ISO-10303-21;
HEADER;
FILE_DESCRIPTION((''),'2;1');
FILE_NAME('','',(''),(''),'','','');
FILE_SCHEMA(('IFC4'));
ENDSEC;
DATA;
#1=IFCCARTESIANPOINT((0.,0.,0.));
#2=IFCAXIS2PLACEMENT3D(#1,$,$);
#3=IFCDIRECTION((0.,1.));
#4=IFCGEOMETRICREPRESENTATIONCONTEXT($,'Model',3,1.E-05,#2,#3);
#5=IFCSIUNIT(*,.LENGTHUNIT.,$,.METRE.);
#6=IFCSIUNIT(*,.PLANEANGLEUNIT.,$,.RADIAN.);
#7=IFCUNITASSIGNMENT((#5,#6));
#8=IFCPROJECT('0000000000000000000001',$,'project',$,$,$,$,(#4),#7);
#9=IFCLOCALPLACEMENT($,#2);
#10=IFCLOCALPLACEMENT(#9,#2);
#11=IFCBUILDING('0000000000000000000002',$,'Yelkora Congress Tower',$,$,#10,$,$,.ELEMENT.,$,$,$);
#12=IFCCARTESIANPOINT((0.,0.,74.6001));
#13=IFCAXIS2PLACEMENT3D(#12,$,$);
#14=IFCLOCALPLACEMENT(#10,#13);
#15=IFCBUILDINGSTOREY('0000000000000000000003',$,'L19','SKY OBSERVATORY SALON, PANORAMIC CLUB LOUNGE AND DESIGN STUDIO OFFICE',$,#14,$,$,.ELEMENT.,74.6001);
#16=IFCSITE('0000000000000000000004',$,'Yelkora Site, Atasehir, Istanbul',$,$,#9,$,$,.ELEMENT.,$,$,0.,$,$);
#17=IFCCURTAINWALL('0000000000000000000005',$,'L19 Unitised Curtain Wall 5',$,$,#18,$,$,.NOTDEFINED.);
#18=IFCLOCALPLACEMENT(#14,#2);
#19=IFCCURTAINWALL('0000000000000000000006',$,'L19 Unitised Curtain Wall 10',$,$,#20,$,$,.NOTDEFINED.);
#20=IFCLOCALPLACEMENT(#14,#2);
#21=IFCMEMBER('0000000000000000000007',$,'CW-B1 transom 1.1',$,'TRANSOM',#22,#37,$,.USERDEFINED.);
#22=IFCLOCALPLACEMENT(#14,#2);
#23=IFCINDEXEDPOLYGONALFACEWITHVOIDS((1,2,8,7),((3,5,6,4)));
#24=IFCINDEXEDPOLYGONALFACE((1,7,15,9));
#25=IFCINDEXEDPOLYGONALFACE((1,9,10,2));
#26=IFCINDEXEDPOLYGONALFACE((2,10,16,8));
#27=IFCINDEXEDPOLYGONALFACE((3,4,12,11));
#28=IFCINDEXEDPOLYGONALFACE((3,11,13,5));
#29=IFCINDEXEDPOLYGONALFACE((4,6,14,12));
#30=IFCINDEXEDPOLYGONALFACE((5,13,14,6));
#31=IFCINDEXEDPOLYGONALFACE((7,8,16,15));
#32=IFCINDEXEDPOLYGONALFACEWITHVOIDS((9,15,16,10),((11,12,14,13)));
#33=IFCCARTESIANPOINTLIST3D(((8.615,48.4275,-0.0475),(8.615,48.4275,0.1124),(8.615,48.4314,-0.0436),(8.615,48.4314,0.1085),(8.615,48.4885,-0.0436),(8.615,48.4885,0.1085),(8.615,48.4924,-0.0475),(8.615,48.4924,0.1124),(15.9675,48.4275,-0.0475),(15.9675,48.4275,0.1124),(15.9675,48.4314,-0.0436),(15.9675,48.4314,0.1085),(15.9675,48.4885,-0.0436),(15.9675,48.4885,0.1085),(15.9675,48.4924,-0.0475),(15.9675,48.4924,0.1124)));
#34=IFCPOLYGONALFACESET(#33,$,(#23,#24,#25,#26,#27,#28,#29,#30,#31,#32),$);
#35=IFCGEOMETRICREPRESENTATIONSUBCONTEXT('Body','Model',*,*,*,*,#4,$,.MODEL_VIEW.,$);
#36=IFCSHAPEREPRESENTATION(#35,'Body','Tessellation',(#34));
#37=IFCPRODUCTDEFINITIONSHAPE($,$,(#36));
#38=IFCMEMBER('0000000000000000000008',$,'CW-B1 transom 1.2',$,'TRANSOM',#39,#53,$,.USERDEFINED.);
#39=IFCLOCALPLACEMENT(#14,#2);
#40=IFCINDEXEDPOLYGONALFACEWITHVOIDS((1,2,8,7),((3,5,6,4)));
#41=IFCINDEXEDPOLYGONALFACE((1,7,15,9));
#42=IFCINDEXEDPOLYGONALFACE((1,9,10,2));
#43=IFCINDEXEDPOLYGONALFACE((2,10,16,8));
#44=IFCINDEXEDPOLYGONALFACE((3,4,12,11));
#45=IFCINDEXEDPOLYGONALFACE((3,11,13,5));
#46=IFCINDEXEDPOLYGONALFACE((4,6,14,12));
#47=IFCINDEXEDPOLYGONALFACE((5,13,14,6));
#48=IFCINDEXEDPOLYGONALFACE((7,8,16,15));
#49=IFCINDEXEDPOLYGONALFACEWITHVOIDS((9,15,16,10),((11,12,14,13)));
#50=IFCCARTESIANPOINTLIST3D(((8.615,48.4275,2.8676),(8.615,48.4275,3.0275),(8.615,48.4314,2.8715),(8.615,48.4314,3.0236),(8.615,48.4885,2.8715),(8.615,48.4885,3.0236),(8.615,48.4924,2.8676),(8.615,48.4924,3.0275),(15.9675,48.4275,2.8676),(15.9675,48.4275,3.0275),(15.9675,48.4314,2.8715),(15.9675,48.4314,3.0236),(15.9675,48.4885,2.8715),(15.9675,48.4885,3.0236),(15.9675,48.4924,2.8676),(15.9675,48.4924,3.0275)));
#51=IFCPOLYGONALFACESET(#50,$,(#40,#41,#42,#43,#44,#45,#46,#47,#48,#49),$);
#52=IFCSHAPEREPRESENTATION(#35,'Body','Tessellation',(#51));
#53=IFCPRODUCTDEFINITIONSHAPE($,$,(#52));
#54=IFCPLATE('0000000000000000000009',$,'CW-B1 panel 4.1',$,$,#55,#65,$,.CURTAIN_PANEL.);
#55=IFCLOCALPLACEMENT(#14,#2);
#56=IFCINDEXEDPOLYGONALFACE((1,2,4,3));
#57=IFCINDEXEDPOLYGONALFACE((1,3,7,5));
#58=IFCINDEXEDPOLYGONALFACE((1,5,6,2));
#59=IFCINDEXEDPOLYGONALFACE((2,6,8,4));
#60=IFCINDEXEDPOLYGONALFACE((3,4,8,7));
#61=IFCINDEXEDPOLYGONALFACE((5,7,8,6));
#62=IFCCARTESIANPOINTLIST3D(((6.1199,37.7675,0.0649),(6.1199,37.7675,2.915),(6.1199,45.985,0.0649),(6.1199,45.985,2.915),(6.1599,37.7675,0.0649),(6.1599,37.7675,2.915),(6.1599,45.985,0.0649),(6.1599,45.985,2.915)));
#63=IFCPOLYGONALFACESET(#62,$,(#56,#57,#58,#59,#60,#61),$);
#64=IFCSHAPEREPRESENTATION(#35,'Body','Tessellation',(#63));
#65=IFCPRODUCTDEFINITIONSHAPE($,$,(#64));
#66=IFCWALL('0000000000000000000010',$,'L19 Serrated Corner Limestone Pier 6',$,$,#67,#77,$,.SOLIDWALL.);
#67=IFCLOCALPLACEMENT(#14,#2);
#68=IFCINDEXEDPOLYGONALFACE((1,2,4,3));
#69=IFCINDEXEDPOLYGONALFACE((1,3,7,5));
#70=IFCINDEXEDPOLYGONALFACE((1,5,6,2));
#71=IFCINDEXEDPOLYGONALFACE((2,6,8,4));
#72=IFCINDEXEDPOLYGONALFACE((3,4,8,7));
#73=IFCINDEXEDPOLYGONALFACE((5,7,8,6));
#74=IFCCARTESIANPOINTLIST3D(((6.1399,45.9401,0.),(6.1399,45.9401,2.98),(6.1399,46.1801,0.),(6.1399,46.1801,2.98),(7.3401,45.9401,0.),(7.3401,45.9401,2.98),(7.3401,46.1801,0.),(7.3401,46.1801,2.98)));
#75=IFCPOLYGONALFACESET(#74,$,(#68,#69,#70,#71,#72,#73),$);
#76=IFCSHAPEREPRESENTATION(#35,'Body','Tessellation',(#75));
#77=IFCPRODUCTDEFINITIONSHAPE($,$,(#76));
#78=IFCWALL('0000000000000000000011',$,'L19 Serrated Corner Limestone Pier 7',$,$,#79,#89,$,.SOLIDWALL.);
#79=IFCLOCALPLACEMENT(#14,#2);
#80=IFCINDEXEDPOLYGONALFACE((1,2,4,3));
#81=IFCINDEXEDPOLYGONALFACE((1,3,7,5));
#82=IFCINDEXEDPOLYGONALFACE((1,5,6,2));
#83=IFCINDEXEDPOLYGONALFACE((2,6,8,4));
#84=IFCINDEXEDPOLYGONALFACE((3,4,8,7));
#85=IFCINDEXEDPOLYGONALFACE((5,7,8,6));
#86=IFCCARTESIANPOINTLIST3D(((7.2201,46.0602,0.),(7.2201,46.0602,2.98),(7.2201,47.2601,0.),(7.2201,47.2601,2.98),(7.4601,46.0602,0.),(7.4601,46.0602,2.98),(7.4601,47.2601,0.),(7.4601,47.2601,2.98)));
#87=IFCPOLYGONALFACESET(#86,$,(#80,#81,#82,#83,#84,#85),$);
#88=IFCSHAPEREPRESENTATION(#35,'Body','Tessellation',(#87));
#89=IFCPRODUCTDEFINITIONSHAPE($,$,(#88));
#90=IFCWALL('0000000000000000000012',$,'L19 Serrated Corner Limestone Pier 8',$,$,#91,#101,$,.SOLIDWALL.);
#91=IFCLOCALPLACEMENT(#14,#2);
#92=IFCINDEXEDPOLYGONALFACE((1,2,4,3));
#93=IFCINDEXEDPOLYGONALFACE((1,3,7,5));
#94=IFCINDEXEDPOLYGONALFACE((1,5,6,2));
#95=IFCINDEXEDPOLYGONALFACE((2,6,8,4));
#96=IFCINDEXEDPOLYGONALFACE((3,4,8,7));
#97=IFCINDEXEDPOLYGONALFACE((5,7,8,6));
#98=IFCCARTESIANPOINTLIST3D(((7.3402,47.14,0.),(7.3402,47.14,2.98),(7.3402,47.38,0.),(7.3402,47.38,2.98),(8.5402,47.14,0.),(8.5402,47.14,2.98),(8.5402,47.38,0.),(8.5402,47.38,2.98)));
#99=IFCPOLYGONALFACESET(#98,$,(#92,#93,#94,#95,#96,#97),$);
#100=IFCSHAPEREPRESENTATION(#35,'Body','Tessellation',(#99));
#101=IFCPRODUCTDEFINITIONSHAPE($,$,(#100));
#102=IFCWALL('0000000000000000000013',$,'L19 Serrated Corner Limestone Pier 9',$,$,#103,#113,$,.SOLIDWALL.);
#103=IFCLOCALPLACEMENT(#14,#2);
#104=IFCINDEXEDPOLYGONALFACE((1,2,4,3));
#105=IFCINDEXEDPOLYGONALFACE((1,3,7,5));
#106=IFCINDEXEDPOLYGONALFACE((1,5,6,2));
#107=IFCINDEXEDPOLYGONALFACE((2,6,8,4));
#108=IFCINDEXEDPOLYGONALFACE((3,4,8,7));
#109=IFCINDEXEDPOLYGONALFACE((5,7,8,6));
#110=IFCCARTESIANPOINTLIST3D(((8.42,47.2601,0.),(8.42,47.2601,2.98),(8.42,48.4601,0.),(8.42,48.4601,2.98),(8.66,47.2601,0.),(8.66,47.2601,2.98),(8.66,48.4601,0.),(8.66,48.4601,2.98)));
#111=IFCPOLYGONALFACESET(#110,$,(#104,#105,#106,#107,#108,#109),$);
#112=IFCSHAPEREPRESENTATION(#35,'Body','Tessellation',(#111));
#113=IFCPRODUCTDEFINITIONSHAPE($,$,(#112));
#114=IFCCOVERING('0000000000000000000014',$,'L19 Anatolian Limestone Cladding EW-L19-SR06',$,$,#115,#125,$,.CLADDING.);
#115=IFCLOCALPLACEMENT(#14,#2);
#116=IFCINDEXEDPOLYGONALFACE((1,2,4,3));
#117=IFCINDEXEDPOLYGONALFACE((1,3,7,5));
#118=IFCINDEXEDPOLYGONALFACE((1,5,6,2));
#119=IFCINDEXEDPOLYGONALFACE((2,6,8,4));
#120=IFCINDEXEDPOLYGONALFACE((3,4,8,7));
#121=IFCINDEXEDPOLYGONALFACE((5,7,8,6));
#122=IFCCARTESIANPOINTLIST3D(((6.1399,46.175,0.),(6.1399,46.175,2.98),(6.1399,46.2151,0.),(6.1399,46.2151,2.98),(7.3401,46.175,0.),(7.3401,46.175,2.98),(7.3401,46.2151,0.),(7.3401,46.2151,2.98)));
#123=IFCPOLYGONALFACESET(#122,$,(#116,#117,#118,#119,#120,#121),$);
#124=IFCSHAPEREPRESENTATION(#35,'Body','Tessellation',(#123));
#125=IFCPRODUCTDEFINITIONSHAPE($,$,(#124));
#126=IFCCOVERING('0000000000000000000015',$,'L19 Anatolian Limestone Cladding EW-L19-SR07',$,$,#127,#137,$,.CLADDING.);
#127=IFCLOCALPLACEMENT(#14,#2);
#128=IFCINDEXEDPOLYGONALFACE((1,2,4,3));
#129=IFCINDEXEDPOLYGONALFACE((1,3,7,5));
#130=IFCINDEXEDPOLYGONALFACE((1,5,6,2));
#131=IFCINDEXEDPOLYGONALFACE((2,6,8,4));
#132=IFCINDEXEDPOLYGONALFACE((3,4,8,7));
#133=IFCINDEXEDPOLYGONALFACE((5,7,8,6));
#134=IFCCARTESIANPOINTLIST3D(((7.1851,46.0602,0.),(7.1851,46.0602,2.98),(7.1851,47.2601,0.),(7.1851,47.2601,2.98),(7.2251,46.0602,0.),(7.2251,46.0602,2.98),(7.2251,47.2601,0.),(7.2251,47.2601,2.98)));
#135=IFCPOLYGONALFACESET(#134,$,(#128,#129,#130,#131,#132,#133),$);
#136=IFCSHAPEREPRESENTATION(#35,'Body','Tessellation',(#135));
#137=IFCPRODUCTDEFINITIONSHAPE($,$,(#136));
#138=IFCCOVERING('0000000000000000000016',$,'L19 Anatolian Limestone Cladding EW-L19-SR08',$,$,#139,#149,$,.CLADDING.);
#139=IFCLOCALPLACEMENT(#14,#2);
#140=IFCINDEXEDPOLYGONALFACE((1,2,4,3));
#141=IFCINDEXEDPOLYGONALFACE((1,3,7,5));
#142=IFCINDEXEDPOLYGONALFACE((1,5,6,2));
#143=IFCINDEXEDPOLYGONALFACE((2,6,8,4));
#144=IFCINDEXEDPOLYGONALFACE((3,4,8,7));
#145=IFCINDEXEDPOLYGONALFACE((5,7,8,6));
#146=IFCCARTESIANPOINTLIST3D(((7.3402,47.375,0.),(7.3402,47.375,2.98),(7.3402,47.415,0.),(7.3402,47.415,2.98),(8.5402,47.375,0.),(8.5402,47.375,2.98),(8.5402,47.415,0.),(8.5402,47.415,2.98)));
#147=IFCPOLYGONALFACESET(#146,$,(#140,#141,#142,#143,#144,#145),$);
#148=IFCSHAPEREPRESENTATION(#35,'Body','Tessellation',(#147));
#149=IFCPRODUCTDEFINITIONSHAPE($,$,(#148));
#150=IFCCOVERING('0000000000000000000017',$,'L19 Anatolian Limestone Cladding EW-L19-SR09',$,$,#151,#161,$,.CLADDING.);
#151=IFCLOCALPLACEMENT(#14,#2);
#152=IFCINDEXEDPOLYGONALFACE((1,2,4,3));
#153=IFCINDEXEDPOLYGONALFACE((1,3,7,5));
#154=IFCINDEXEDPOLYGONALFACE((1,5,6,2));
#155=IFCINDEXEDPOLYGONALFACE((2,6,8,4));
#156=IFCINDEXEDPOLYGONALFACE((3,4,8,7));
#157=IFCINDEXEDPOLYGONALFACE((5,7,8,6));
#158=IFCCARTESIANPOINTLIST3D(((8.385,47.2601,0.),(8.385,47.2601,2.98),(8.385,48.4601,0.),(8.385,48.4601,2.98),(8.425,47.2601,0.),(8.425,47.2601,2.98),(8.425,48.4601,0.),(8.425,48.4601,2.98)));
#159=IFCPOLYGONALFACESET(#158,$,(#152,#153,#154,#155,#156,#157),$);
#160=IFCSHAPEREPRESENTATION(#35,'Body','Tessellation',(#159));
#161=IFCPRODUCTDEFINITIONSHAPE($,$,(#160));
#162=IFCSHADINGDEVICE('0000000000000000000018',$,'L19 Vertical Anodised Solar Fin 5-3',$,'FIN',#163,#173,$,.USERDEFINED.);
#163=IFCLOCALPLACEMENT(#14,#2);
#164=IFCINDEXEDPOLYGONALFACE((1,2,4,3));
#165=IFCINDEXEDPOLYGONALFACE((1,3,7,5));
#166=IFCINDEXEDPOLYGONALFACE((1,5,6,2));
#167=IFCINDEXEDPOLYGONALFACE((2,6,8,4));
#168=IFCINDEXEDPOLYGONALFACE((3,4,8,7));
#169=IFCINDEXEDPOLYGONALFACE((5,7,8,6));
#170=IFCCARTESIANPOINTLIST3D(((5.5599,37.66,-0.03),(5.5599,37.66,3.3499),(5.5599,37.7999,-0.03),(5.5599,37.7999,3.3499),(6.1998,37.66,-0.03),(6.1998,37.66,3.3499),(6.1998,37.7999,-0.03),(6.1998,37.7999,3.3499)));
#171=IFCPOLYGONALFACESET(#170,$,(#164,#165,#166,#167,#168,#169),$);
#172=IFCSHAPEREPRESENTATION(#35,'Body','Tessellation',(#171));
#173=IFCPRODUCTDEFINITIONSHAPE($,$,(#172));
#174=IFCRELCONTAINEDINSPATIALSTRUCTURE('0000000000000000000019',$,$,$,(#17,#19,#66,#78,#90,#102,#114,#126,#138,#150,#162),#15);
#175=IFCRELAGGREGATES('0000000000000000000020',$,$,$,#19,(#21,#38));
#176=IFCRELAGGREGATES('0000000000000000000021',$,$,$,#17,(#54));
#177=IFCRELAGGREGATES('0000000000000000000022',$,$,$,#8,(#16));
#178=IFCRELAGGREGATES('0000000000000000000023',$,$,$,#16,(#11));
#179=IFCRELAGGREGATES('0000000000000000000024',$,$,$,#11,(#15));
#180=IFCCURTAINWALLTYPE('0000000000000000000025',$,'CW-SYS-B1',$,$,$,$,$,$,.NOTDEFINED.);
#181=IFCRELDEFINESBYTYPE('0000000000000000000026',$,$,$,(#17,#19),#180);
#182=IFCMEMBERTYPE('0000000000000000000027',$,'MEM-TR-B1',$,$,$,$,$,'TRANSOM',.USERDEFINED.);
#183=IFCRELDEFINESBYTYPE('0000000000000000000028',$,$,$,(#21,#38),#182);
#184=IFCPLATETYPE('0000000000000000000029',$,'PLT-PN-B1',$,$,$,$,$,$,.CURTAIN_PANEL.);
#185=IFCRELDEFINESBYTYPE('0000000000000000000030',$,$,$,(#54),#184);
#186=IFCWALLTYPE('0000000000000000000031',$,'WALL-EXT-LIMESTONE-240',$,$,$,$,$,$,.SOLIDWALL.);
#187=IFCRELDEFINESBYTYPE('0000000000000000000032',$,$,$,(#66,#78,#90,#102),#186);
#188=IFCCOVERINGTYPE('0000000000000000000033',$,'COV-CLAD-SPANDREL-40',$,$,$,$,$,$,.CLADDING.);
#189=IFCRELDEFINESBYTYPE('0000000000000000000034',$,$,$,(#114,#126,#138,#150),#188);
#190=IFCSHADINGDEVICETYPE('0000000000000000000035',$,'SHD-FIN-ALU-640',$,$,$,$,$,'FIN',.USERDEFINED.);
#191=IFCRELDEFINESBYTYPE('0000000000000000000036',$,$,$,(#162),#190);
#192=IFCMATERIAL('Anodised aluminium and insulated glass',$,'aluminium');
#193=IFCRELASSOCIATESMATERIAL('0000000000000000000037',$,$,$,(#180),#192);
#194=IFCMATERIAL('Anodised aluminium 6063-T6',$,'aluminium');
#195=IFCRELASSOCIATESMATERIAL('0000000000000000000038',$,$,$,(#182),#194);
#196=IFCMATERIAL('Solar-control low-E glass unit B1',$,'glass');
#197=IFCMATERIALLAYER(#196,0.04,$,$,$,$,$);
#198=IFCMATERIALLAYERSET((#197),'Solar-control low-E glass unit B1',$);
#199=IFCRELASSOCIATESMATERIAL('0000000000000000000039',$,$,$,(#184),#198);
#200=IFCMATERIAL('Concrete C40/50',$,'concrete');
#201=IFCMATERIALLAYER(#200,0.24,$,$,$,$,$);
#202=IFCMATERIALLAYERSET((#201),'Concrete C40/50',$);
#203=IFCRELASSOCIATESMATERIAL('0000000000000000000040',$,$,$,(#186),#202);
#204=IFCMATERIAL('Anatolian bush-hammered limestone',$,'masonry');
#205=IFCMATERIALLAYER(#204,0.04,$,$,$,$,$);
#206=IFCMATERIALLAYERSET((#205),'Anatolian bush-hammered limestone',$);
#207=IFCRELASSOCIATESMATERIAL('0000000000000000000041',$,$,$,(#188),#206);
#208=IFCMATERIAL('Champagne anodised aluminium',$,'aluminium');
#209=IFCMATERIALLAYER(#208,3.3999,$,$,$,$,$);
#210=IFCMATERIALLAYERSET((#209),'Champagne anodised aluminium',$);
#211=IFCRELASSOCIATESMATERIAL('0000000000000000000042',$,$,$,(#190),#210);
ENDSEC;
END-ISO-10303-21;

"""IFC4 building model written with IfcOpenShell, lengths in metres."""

from ifc_helpers import new_model, si_unit, direction, frame, frame_2d, origin, origin_2d, place, context, subcontext, project, spatial, rectangle, hollow_rectangle, extrude, material, layer, layer_set, material_profile, profile_set, type_object, element, aggregate, save


model = new_model("IFC4")

# Units and contexts
model_context = context("Model", 3, precision=1e-05, world=origin(), true_north=direction((0.0, 1.0)))
body_context = subcontext(model_context, "Body", "Model", "MODEL_VIEW")
ifc_project = project(units=[si_unit("LENGTHUNIT", "METRE"), si_unit("PLANEANGLEUNIT", "RADIAN")], contexts=[model_context])

# Site, building, storey
site_placement = place(None, origin())
site = spatial("IfcSite", under=ifc_project, at=site_placement, Name="Yelkora Site, Atasehir, Istanbul", CompositionType="ELEMENT", RefElevation=0.0)
building_placement = place(site_placement, origin())
building = spatial("IfcBuilding", under=site, at=building_placement, Name="Yelkora Congress Tower", CompositionType="ELEMENT")
storey_placement = place(building_placement, frame((0.0, 0.0, 74.6001)))
storey = spatial("IfcBuildingStorey", under=building, at=storey_placement, Name="L19", Description="SKY OBSERVATORY SALON, PANORAMIC CLUB LOUNGE AND DESIGN STUDIO OFFICE", CompositionType="ELEMENT", Elevation=74.6001)

# Curtain wall
ifc_material_1 = material(Name="Anodised aluminium and insulated glass", Category="aluminium")
curtain_wall_type = type_object("IfcCurtainWallType", Name="CW-SYS-B1", PredefinedType="NOTDEFINED", material=ifc_material_1)
curtain_wall_1_placement = place(storey_placement, origin())
curtain_wall_1 = element("IfcCurtainWall", 1, at=curtain_wall_1_placement, inside=storey, type_object=curtain_wall_type, Name="L19 Unitised Curtain Wall 5", PredefinedType="NOTDEFINED")
ifc_material_2 = material(Name="Anodised aluminium 6063-T6", Category="aluminium")

# Curtain wall
curtain_wall_2_placement = place(storey_placement, origin())
curtain_wall_2 = element("IfcCurtainWall", 2, at=curtain_wall_2_placement, inside=storey, type_object=curtain_wall_type, Name="L19 Unitised Curtain Wall 10", PredefinedType="NOTDEFINED")

# Members
ifc_material_profile_1 = material_profile(ifc_material_2, hollow_rectangle(XDim=0.0649, YDim=0.1599, WallThickness=0.0039, at=origin_2d()), Name="ALU 65x160x4")
ifc_profile_set_1 = profile_set([ifc_material_profile_1], Name="Anodised aluminium 6063-T6")
member_type_1 = type_object("IfcMemberType", Name="MEM-TR-B1", ElementType="TRANSOM", PredefinedType="USERDEFINED", material=ifc_profile_set_1)
member_1_placement = place(storey_placement, frame((8.615, 48.46, 0.0325), z_axis=(1.0, 0.0, 0.0), x_axis=(0.0, 1.0, 0.0)))
member_1 = element("IfcMember", 3, at=member_1_placement, type_object=member_type_1, Name="CW-B1 transom 1.1", ObjectType="TRANSOM", PredefinedType="USERDEFINED", context=body_context, shape_type="SweptSolid", body=[
    extrude(hollow_rectangle(XDim=0.0649, YDim=0.1599, WallThickness=0.0039, at=origin_2d()), origin(), (0.0, 0.0, 1.0), 7.3525),
])
member_2_placement = place(storey_placement, frame((8.615, 48.46, 2.9475), z_axis=(1.0, 0.0, 0.0), x_axis=(0.0, 1.0, 0.0)))
member_2 = element("IfcMember", 4, at=member_2_placement, type_object=member_type_1, Name="CW-B1 transom 1.2", ObjectType="TRANSOM", PredefinedType="USERDEFINED", context=body_context, shape_type="SweptSolid", body=[
    extrude(hollow_rectangle(XDim=0.0649, YDim=0.1599, WallThickness=0.0039, at=origin_2d()), origin(), (0.0, 0.0, 1.0), 7.3525),
])
aggregate(curtain_wall_2, [member_1, member_2])

# Plate
ifc_material_3 = material(Name="Solar-control low-E glass unit B1", Category="glass")
ifc_layer_1 = layer(ifc_material_3, 0.04)
ifc_layer_set_1 = layer_set([ifc_layer_1], Name="Solar-control low-E glass unit B1")
plate_type = type_object("IfcPlateType", Name="PLT-PN-B1", PredefinedType="CURTAIN_PANEL", material=ifc_layer_set_1)
plate_placement = place(storey_placement, frame((6.1399, 41.8762, 0.0649), z_axis=(0.0, 0.0, 1.0), x_axis=(0.0, 1.0, 0.0)))
plate = element("IfcPlate", 5, at=plate_placement, type_object=plate_type, Name="CW-B1 panel 4.1", PredefinedType="CURTAIN_PANEL", context=body_context, shape_type="SweptSolid", body=[
    extrude(rectangle(XDim=8.2175, YDim=0.04, at=origin_2d()), origin(), (0.0, 0.0, 1.0), 2.8501),
])
aggregate(curtain_wall_1, [plate])

# Walls
ifc_material_4 = material(Name="Concrete C40/50", Category="concrete")
ifc_layer_2 = layer(ifc_material_4, 0.24)
ifc_layer_set_2 = layer_set([ifc_layer_2], Name="Concrete C40/50")
wall_type = type_object("IfcWallType", Name="WALL-EXT-LIMESTONE-240", PredefinedType="SOLIDWALL", material=ifc_layer_set_2)
wall_placement = place(storey_placement, frame((6.1399, 46.0601, 0.0), z_axis=(0.0, 0.0, 1.0), x_axis=(1.0, 0.0, 0.0)))
element("IfcWall", 6, at=wall_placement, inside=storey, type_object=wall_type, Name="L19 Serrated Corner Limestone Pier 6", PredefinedType="SOLIDWALL", context=body_context, shape_type="SweptSolid", body=[
    extrude(rectangle(XDim=1.2002, YDim=0.24, at=frame_2d((0.6001, 0.0))), origin(), (0.0, 0.0, 1.0), 2.98),
])
for number, where, z_axis, x_axis, name in (
    (7, (7.3401, 46.0601, 0.0), (0.0, 0.0, 1.0), (0.0, 1.0, 0.0), "L19 Serrated Corner Limestone Pier 7"),
    (8, (7.3401, 47.26, 0.0), (0.0, 0.0, 1.0), (1.0, 0.0, 0.0), "L19 Serrated Corner Limestone Pier 8"),
    (9, (8.54, 47.26, 0.0), (0.0, 0.0, 1.0), (0.0, 1.0, 0.0), "L19 Serrated Corner Limestone Pier 9"),
):
    element("IfcWall", number, at=place(storey_placement, frame(where, z_axis=z_axis, x_axis=x_axis)), inside=storey, type_object=wall_type, Name=name, PredefinedType="SOLIDWALL", context=body_context, shape_type="SweptSolid", body=[
        extrude(rectangle(XDim=1.2, YDim=0.24, at=frame_2d((0.6001, 0.0))), origin(), (0.0, 0.0, 1.0), 2.98),
    ])

# Coverings
ifc_material_5 = material(Name="Anatolian bush-hammered limestone", Category="masonry")
ifc_layer_3 = layer(ifc_material_5, 0.04)
ifc_layer_set_3 = layer_set([ifc_layer_3], Name="Anatolian bush-hammered limestone")
covering_type = type_object("IfcCoveringType", Name="COV-CLAD-SPANDREL-40", PredefinedType="CLADDING", material=ifc_layer_set_3)
covering_placement = place(storey_placement, frame((6.1399, 46.1951, 0.0), z_axis=(0.0, 0.0, 1.0), x_axis=(1.0, 0.0, 0.0)))
element("IfcCovering", 10, at=covering_placement, inside=storey, type_object=covering_type, Name="L19 Anatolian Limestone Cladding EW-L19-SR06", PredefinedType="CLADDING", context=body_context, shape_type="SweptSolid", body=[
    extrude(rectangle(XDim=1.2002, YDim=0.04, at=frame_2d((0.6001, 0.0))), origin(), (0.0, 0.0, 1.0), 2.98),
])
for number, where, z_axis, x_axis, name in (
    (11, (7.2051, 46.0601, 0.0), (0.0, 0.0, 1.0), (0.0, 1.0, 0.0), "L19 Anatolian Limestone Cladding EW-L19-SR07"),
    (12, (7.3401, 47.395, 0.0), (0.0, 0.0, 1.0), (1.0, 0.0, 0.0), "L19 Anatolian Limestone Cladding EW-L19-SR08"),
    (13, (8.405, 47.26, 0.0), (0.0, 0.0, 1.0), (0.0, 1.0, 0.0), "L19 Anatolian Limestone Cladding EW-L19-SR09"),
):
    element("IfcCovering", number, at=place(storey_placement, frame(where, z_axis=z_axis, x_axis=x_axis)), inside=storey, type_object=covering_type, Name=name, PredefinedType="CLADDING", context=body_context, shape_type="SweptSolid", body=[
        extrude(rectangle(XDim=1.2, YDim=0.04, at=frame_2d((0.6001, 0.0))), origin(), (0.0, 0.0, 1.0), 2.98),
    ])

# Shading device
ifc_material_6 = material(Name="Champagne anodised aluminium", Category="aluminium")
ifc_layer_4 = layer(ifc_material_6, 3.3999)
ifc_layer_set_4 = layer_set([ifc_layer_4], Name="Champagne anodised aluminium")
shading_device_type = type_object("IfcShadingDeviceType", Name="SHD-FIN-ALU-640", ElementType="FIN", PredefinedType="USERDEFINED", material=ifc_layer_set_4)
shading_device_placement = place(storey_placement, frame((5.8799, 37.73, -0.03), z_axis=(0.0, 0.0, 1.0), x_axis=(0.0, 1.0, 0.0)))
element("IfcShadingDevice", 14, at=shading_device_placement, inside=storey, type_object=shading_device_type, Name="L19 Vertical Anodised Solar Fin 5-3", ObjectType="FIN", PredefinedType="USERDEFINED", context=body_context, shape_type="SweptSolid", body=[
    extrude(rectangle(XDim=0.1399, YDim=0.6399, at=origin_2d()), origin(), (0.0, 0.0, 1.0), 3.3799),
])

save(model, "model.ifc")
